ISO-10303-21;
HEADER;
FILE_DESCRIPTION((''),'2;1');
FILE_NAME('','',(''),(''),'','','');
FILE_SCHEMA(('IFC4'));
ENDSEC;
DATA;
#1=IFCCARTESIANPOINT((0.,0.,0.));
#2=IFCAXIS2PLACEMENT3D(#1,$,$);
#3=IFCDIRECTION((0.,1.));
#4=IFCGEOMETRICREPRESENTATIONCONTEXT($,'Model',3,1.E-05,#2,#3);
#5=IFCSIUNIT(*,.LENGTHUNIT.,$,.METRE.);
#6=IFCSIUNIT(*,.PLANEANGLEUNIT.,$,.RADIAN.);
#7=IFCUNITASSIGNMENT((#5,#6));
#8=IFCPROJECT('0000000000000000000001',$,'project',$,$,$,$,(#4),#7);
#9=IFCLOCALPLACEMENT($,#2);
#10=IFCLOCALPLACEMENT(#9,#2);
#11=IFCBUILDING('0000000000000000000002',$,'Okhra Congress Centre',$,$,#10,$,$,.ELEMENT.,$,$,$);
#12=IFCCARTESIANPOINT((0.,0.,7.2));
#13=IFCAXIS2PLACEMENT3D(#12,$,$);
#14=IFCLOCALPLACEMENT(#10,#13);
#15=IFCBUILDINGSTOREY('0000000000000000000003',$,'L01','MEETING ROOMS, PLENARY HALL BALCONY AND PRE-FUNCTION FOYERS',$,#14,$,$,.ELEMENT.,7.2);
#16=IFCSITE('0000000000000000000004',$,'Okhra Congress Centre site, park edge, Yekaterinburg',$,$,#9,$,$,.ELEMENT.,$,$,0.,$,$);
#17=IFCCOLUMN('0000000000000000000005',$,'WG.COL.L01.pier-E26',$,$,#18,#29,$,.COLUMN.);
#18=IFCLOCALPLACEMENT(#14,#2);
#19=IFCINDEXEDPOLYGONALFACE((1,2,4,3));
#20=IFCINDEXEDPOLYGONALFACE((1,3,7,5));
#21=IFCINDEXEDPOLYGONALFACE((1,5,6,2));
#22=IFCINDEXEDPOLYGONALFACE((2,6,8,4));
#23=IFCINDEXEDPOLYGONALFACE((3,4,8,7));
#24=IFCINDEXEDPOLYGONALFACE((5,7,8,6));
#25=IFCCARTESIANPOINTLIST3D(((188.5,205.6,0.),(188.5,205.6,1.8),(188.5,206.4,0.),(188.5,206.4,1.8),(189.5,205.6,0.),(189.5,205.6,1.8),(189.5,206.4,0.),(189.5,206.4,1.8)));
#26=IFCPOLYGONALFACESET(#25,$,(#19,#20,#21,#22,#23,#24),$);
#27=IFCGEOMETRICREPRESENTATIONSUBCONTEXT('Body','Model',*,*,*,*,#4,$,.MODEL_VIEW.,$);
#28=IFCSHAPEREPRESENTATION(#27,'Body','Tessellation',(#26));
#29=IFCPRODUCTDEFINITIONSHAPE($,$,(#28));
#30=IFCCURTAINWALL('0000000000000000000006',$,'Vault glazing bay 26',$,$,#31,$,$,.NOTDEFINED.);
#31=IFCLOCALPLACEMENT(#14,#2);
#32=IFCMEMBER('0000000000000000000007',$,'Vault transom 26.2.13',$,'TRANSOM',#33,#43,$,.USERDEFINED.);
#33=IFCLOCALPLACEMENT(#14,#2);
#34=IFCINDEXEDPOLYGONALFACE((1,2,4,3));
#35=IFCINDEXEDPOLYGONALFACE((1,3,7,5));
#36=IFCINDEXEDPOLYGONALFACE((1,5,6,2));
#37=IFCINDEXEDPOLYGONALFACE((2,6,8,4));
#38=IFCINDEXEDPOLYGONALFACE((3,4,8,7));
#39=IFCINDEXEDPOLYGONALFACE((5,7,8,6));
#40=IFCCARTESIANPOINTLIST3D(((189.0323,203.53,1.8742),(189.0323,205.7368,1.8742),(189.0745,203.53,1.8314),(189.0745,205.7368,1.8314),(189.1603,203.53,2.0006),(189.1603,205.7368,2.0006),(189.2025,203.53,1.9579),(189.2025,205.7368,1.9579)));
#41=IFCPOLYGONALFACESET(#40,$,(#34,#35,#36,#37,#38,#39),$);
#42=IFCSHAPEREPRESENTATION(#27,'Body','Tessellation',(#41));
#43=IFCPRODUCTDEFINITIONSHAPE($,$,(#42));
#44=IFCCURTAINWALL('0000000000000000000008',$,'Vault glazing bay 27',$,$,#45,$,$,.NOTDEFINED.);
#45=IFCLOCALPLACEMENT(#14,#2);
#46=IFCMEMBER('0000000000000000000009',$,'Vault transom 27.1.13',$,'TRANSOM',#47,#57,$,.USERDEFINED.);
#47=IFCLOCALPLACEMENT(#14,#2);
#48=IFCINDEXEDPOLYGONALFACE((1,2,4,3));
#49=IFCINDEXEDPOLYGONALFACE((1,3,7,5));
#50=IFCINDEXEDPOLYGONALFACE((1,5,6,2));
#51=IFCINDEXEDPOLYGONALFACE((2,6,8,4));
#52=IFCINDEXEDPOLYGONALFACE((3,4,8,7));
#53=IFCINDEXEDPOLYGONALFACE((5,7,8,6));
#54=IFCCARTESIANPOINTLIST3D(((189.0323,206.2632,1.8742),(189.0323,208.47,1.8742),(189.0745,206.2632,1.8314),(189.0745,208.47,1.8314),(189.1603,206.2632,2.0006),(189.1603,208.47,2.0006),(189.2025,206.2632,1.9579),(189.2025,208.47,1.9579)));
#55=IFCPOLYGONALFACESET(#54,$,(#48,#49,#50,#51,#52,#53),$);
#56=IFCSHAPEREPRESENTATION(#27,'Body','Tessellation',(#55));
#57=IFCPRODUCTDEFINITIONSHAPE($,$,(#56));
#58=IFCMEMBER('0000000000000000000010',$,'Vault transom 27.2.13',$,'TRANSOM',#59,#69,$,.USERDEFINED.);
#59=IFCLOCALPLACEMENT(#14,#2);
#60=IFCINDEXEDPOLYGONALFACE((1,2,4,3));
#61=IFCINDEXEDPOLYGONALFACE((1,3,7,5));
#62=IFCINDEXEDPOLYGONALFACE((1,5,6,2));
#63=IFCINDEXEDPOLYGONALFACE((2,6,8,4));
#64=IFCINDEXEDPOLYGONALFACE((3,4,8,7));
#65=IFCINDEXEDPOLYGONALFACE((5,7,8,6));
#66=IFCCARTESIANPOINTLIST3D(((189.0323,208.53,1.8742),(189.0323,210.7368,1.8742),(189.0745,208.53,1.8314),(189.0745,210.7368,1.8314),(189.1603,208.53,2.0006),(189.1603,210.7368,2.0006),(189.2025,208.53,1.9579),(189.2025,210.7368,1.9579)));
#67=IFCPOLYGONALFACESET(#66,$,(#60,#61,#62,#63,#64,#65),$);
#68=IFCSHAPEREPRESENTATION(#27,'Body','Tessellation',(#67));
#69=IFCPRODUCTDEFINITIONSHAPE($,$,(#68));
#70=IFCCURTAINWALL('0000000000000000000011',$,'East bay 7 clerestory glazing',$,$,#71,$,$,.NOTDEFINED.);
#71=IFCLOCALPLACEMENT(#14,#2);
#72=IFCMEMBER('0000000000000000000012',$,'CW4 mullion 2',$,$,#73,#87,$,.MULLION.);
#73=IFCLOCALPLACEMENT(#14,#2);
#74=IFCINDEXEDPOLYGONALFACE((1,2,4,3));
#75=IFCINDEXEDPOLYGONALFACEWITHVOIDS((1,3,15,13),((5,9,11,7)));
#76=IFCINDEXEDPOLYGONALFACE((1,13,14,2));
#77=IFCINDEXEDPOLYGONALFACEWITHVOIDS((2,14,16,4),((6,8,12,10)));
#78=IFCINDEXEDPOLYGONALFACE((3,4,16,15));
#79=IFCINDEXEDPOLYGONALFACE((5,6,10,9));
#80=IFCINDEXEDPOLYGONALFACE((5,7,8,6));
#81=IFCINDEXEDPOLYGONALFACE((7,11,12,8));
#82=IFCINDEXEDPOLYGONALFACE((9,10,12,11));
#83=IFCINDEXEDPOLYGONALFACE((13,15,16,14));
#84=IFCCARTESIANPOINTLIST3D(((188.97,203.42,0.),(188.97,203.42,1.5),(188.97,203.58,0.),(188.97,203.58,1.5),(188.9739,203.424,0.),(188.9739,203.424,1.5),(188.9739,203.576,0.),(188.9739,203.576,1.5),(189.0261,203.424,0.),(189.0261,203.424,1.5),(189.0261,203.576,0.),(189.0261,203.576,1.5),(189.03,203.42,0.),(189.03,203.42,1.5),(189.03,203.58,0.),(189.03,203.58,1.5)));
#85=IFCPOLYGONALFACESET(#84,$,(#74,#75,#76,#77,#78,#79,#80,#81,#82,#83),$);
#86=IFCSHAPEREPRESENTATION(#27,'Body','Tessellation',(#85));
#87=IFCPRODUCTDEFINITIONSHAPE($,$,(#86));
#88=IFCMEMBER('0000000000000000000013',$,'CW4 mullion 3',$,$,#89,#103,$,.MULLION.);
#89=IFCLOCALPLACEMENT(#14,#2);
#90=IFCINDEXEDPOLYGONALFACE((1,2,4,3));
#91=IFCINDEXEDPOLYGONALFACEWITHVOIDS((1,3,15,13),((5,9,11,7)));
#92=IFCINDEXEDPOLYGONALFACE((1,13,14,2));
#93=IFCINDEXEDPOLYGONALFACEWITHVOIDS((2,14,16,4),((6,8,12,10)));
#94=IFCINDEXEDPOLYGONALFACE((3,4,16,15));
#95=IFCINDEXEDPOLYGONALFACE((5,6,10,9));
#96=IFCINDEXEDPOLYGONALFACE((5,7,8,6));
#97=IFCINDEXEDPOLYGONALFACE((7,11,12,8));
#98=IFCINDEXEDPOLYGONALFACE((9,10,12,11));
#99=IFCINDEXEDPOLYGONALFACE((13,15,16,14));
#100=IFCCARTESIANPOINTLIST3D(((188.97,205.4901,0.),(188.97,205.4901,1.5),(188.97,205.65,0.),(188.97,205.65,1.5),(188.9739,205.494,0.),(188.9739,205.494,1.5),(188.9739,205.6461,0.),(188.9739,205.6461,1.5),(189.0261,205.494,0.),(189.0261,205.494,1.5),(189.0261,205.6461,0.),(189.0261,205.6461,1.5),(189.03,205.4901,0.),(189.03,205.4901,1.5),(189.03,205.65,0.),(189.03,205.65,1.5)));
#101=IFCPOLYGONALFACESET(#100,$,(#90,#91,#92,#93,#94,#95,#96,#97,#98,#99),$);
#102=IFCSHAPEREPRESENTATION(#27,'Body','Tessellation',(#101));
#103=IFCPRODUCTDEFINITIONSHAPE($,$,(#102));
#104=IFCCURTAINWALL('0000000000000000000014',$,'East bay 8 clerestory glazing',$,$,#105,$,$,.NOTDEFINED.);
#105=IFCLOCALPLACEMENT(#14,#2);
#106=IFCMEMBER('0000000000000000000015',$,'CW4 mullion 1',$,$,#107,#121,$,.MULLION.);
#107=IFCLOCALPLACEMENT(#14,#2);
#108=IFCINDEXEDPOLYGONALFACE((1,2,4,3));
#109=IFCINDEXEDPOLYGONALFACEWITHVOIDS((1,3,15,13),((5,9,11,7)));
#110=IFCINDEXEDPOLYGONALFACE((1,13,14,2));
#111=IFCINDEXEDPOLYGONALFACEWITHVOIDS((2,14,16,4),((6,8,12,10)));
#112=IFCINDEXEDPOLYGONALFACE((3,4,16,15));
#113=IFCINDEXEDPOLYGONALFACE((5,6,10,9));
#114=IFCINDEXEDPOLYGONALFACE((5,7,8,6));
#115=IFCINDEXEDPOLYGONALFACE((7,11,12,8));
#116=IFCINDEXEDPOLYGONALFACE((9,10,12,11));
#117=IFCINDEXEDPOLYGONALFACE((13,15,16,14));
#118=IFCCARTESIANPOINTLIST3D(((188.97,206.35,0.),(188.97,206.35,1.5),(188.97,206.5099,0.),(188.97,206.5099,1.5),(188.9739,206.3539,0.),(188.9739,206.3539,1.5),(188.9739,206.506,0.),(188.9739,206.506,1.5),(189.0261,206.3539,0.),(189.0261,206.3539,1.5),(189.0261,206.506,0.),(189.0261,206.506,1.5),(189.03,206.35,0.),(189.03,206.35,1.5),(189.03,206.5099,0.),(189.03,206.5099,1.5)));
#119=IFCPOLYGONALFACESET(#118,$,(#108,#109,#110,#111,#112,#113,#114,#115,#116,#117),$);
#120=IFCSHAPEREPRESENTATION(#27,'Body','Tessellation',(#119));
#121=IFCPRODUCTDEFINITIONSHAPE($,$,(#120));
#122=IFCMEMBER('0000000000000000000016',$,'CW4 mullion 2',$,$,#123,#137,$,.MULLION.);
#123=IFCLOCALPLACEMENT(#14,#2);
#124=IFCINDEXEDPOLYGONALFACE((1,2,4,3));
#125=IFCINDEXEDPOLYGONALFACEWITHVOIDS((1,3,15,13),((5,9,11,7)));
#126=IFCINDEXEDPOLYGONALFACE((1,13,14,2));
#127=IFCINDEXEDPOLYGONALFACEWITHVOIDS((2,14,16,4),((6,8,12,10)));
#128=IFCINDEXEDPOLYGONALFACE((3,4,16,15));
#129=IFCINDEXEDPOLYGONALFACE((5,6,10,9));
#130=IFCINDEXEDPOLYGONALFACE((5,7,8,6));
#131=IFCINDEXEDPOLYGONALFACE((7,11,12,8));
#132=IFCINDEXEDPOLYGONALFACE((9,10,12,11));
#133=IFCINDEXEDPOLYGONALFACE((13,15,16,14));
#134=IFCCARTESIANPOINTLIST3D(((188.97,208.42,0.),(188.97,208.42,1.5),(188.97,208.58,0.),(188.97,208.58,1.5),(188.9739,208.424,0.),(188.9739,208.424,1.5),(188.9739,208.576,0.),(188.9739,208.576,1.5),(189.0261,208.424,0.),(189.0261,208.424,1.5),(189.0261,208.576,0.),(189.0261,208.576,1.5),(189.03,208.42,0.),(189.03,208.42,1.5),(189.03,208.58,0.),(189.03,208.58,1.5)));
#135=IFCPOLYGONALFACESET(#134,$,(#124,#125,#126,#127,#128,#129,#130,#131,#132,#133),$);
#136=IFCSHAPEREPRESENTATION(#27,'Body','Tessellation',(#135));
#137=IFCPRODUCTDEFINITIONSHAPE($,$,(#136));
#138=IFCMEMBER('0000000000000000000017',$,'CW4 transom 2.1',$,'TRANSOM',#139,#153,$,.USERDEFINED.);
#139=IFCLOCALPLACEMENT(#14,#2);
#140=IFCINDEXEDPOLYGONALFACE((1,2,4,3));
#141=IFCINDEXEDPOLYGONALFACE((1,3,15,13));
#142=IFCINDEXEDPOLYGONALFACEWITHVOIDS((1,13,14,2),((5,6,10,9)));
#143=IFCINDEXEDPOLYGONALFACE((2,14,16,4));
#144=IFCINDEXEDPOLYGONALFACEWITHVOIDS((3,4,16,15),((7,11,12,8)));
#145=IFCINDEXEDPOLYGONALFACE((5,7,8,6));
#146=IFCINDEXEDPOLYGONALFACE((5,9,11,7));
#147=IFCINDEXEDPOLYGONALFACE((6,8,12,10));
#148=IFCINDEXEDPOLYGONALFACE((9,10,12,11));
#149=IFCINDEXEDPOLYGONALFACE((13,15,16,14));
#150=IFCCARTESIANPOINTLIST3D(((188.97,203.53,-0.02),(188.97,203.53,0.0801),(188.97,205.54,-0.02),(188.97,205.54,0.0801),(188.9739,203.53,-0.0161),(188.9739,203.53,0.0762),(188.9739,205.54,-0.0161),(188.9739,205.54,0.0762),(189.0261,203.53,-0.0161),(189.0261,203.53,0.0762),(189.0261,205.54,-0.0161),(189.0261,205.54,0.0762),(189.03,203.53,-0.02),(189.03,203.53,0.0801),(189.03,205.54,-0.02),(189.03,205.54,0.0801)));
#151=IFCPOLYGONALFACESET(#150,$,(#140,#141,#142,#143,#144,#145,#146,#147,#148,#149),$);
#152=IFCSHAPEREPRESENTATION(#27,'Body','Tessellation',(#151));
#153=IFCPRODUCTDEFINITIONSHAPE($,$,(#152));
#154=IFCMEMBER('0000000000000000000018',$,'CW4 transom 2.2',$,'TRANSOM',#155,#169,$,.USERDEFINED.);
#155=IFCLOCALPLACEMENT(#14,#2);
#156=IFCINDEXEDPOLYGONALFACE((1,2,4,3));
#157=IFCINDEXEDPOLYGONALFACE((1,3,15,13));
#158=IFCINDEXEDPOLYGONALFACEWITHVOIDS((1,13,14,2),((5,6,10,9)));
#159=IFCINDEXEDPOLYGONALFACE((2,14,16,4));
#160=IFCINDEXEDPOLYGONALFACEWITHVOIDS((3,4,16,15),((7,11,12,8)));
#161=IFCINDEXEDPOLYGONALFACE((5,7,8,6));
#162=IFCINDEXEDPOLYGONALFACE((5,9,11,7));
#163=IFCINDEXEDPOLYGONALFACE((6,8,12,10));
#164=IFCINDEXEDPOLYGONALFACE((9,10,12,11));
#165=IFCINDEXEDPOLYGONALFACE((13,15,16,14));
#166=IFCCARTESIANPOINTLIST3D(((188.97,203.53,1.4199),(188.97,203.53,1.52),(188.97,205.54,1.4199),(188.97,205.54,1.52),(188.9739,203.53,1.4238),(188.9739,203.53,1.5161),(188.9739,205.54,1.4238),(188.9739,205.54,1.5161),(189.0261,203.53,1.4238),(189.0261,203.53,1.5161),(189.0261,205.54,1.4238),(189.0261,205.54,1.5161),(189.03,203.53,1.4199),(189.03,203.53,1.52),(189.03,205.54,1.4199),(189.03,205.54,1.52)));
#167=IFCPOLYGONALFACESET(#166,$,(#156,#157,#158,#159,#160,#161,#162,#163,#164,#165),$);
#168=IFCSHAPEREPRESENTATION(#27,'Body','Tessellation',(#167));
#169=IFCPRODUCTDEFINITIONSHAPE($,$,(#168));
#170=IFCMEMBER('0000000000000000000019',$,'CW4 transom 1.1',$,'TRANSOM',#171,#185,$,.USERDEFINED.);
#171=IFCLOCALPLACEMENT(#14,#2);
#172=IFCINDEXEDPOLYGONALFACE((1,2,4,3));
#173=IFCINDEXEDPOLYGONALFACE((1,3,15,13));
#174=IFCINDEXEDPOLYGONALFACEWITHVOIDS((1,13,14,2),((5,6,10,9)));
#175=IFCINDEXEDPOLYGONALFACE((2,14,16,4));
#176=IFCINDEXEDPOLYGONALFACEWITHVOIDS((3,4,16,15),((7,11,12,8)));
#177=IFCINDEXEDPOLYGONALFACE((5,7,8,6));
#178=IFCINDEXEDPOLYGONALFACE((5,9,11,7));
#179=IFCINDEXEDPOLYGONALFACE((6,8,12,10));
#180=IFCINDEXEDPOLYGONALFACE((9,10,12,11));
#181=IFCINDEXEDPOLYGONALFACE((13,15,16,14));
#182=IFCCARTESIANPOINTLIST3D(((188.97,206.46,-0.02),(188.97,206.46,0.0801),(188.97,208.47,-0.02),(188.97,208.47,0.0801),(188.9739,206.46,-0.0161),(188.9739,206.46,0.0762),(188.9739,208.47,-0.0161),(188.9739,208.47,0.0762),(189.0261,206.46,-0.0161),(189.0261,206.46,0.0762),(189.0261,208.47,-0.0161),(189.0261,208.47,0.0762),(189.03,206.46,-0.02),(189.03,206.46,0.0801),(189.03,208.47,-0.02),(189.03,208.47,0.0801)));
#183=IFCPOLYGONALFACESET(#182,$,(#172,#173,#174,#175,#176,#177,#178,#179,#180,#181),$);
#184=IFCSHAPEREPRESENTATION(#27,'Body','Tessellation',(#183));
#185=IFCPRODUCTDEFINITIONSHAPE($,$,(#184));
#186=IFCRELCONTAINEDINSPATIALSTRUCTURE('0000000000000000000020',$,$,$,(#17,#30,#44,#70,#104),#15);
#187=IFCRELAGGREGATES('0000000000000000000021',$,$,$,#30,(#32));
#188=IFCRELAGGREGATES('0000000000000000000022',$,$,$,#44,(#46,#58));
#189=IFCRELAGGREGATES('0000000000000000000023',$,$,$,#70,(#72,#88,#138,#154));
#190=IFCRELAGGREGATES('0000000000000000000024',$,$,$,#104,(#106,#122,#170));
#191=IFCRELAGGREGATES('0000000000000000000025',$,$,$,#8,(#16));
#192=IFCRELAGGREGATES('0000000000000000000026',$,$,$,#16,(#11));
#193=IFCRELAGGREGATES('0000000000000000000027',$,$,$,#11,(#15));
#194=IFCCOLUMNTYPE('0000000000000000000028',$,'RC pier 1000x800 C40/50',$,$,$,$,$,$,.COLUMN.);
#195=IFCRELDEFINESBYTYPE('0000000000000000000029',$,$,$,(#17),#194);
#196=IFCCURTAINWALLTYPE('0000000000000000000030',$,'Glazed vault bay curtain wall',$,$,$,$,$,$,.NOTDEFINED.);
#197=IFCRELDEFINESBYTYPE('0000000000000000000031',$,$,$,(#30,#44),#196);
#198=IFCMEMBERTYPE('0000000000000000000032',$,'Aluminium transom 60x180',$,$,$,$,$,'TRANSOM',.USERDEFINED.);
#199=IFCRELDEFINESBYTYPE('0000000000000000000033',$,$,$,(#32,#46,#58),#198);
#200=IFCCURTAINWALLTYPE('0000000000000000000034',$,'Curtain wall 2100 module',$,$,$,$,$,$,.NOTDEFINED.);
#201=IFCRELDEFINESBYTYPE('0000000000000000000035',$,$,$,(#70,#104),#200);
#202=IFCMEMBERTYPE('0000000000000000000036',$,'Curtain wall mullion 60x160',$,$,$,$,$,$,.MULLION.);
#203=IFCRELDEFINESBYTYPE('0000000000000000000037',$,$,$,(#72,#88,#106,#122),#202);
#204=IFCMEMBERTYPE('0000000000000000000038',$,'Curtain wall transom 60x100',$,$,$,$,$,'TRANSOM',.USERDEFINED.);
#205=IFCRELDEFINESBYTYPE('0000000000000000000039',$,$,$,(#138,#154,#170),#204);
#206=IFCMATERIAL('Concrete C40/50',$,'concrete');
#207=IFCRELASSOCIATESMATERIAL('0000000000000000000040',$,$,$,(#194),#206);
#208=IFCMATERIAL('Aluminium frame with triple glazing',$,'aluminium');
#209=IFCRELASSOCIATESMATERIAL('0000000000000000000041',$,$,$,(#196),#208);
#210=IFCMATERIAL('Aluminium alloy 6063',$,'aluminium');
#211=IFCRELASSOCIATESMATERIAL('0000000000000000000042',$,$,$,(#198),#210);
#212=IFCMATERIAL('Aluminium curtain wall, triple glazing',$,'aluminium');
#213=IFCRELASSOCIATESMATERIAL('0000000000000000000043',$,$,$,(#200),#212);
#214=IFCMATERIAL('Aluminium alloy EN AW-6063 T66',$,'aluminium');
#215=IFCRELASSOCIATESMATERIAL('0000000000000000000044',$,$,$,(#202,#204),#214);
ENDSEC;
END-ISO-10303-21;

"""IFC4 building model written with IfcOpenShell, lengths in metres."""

from ifc_helpers import new_model, si_unit, direction, frame, origin, origin_2d, place, context, subcontext, project, spatial, rectangle, hollow_rectangle, extrude, material, material_profile, profile_set, type_object, element, aggregate, save


model = new_model("IFC4")

# Units and contexts
model_context = context("Model", 3, precision=1e-05, world=origin(), true_north=direction((0.0, 1.0)))
body_context = subcontext(model_context, "Body", "Model", "MODEL_VIEW")
ifc_project = project(units=[si_unit("LENGTHUNIT", "METRE"), si_unit("PLANEANGLEUNIT", "RADIAN")], contexts=[model_context])

# Site, building, storey
site_placement = place(None, origin())
site = spatial("IfcSite", under=ifc_project, at=site_placement, Name="Okhra Congress Centre site, park edge, Yekaterinburg", CompositionType="ELEMENT", RefElevation=0.0)
building_placement = place(site_placement, origin())
building = spatial("IfcBuilding", under=site, at=building_placement, Name="Okhra Congress Centre", CompositionType="ELEMENT")
storey_placement = place(building_placement, frame((0.0, 0.0, 7.2)))
storey = spatial("IfcBuildingStorey", under=building, at=storey_placement, Name="L01", Description="MEETING ROOMS, PLENARY HALL BALCONY AND PRE-FUNCTION FOYERS", CompositionType="ELEMENT", Elevation=7.2)

# Column
ifc_material_1 = material(Name="Concrete C40/50", Category="concrete")
ifc_material_profile_1 = material_profile(ifc_material_1, rectangle(XDim=1.0, YDim=0.8, at=origin_2d()), Name="RC 1000x800")
ifc_profile_set_1 = profile_set([ifc_material_profile_1], Name="Concrete C40/50")
column_type = type_object("IfcColumnType", Name="RC pier 1000x800 C40/50", PredefinedType="COLUMN", material=ifc_profile_set_1)
column_placement = place(storey_placement, frame((189.0, 206.0, 0.0), z_axis=(0.0, 0.0, 1.0), x_axis=(1.0, 0.0, 0.0)))
element("IfcColumn", 1, at=column_placement, inside=storey, type_object=column_type, Name="WG.COL.L01.pier-E26", PredefinedType="COLUMN", context=body_context, shape_type="SweptSolid", body=[
    extrude(rectangle(XDim=1.0, YDim=0.8, at=origin_2d()), origin(), (0.0, 0.0, 1.0), 1.8),
])

# Curtain wall, member
ifc_material_2 = material(Name="Aluminium frame with triple glazing", Category="aluminium")
curtain_wall_type_1 = type_object("IfcCurtainWallType", Name="Glazed vault bay curtain wall", PredefinedType="NOTDEFINED", material=ifc_material_2)
curtain_wall_1_placement = place(storey_placement, origin())
curtain_wall_1 = element("IfcCurtainWall", 2, at=curtain_wall_1_placement, inside=storey, type_object=curtain_wall_type_1, Name="Vault glazing bay 26", PredefinedType="NOTDEFINED")
ifc_material_3 = material(Name="Aluminium alloy 6063", Category="aluminium")
ifc_material_profile_2 = material_profile(ifc_material_3, rectangle(XDim=0.0601, YDim=0.1799, at=origin_2d()), Name="AL 60x180 transom")
ifc_profile_set_2 = profile_set([ifc_material_profile_2], Name="Aluminium alloy 6063")
member_type_1 = type_object("IfcMemberType", Name="Aluminium transom 60x180", ElementType="TRANSOM", PredefinedType="USERDEFINED", material=ifc_profile_set_2)
member_1_placement = place(storey_placement, frame((189.1174, 203.53, 1.916), z_axis=(0.0, 1.0, 0.0), x_axis=(-0.702636, 0.0, 0.711549)))
member_1 = element("IfcMember", 3, at=member_1_placement, type_object=member_type_1, Name="Vault transom 26.2.13", ObjectType="TRANSOM", PredefinedType="USERDEFINED", context=body_context, shape_type="SweptSolid", body=[
    extrude(rectangle(XDim=0.0601, YDim=0.1799, at=origin_2d()), origin(), (0.0, 0.0, 1.0), 2.2068),
])
aggregate(curtain_wall_1, [member_1])

# Curtain walls, members
curtain_wall_2_placement = place(storey_placement, origin())
curtain_wall_2 = element("IfcCurtainWall", 4, at=curtain_wall_2_placement, inside=storey, type_object=curtain_wall_type_1, Name="Vault glazing bay 27", PredefinedType="NOTDEFINED")
member_2_placement = place(storey_placement, frame((189.1174, 206.2632, 1.916), z_axis=(0.0, 1.0, 0.0), x_axis=(-0.702636, 0.0, 0.711549)))
member_2 = element("IfcMember", 5, at=member_2_placement, type_object=member_type_1, Name="Vault transom 27.1.13", ObjectType="TRANSOM", PredefinedType="USERDEFINED", context=body_context, shape_type="SweptSolid", body=[
    extrude(rectangle(XDim=0.0601, YDim=0.1799, at=origin_2d()), origin(), (0.0, 0.0, 1.0), 2.2068),
])
member_3_placement = place(storey_placement, frame((189.1174, 208.53, 1.916), z_axis=(0.0, 1.0, 0.0), x_axis=(-0.702636, 0.0, 0.711549)))
member_3 = element("IfcMember", 6, at=member_3_placement, type_object=member_type_1, Name="Vault transom 27.2.13", ObjectType="TRANSOM", PredefinedType="USERDEFINED", context=body_context, shape_type="SweptSolid", body=[
    extrude(rectangle(XDim=0.0601, YDim=0.1799, at=origin_2d()), origin(), (0.0, 0.0, 1.0), 2.2068),
])
aggregate(curtain_wall_2, [member_2, member_3])
ifc_material_4 = material(Name="Aluminium curtain wall, triple glazing", Category="aluminium")
curtain_wall_type_2 = type_object("IfcCurtainWallType", Name="Curtain wall 2100 module", PredefinedType="NOTDEFINED", material=ifc_material_4)
curtain_wall_3_placement = place(storey_placement, origin())
curtain_wall_3 = element("IfcCurtainWall", 7, at=curtain_wall_3_placement, inside=storey, type_object=curtain_wall_type_2, Name="East bay 7 clerestory glazing", PredefinedType="NOTDEFINED")
ifc_material_5 = material(Name="Aluminium alloy EN AW-6063 T66", Category="aluminium")
ifc_material_profile_3 = material_profile(ifc_material_5, hollow_rectangle(XDim=0.0601, YDim=0.1599, WallThickness=0.0039, at=origin_2d()), Name="RHS 60x160x4")
ifc_profile_set_3 = profile_set([ifc_material_profile_3], Name="Aluminium alloy EN AW-6063 T66")
member_type_2 = type_object("IfcMemberType", Name="Curtain wall mullion 60x160", PredefinedType="MULLION", material=ifc_profile_set_3)
member_4_placement = place(storey_placement, frame((189.0, 203.5, 0.0), z_axis=(0.0, 0.0, 1.0), x_axis=(-1.0, 0.0, 0.0)))
member_4 = element("IfcMember", 8, at=member_4_placement, type_object=member_type_2, Name="CW4 mullion 2", PredefinedType="MULLION", context=body_context, shape_type="SweptSolid", body=[
    extrude(hollow_rectangle(XDim=0.0601, YDim=0.1599, WallThickness=0.0039, at=origin_2d()), origin(), (0.0, 0.0, 1.0), 1.5),
])
member_5_placement = place(storey_placement, frame((189.0, 205.5701, 0.0), z_axis=(0.0, 0.0, 1.0), x_axis=(-1.0, 0.0, 0.0)))
member_5 = element("IfcMember", 9, at=member_5_placement, type_object=member_type_2, Name="CW4 mullion 3", PredefinedType="MULLION", context=body_context, shape_type="SweptSolid", body=[
    extrude(hollow_rectangle(XDim=0.0601, YDim=0.1599, WallThickness=0.0039, at=origin_2d()), origin(), (0.0, 0.0, 1.0), 1.5),
])
curtain_wall_4_placement = place(storey_placement, origin())
curtain_wall_4 = element("IfcCurtainWall", 10, at=curtain_wall_4_placement, inside=storey, type_object=curtain_wall_type_2, Name="East bay 8 clerestory glazing", PredefinedType="NOTDEFINED")
member_6_placement = place(storey_placement, frame((189.0, 206.4299, 0.0), z_axis=(0.0, 0.0, 1.0), x_axis=(-1.0, 0.0, 0.0)))
member_6 = element("IfcMember", 11, at=member_6_placement, type_object=member_type_2, Name="CW4 mullion 1", PredefinedType="MULLION", context=body_context, shape_type="SweptSolid", body=[
    extrude(hollow_rectangle(XDim=0.0601, YDim=0.1599, WallThickness=0.0039, at=origin_2d()), origin(), (0.0, 0.0, 1.0), 1.5),
])
member_7_placement = place(storey_placement, frame((189.0, 208.5, 0.0), z_axis=(0.0, 0.0, 1.0), x_axis=(-1.0, 0.0, 0.0)))
member_7 = element("IfcMember", 12, at=member_7_placement, type_object=member_type_2, Name="CW4 mullion 2", PredefinedType="MULLION", context=body_context, shape_type="SweptSolid", body=[
    extrude(hollow_rectangle(XDim=0.0601, YDim=0.1599, WallThickness=0.0039, at=origin_2d()), origin(), (0.0, 0.0, 1.0), 1.5),
])

# Members
ifc_material_profile_4 = material_profile(ifc_material_5, hollow_rectangle(XDim=0.0601, YDim=0.1001, WallThickness=0.0039, at=origin_2d()), Name="RHS 60x100x4")
ifc_profile_set_4 = profile_set([ifc_material_profile_4], Name="Aluminium alloy EN AW-6063 T66")
member_type_3 = type_object("IfcMemberType", Name="Curtain wall transom 60x100", ElementType="TRANSOM", PredefinedType="USERDEFINED", material=ifc_profile_set_4)
member_8_placement = place(storey_placement, frame((189.0, 203.53, 0.03), z_axis=(0.0, 1.0, 0.0), x_axis=(-1.0, 0.0, 0.0)))
member_8 = element("IfcMember", 13, at=member_8_placement, type_object=member_type_3, Name="CW4 transom 2.1", ObjectType="TRANSOM", PredefinedType="USERDEFINED", context=body_context, shape_type="SweptSolid", body=[
    extrude(hollow_rectangle(XDim=0.0601, YDim=0.1001, WallThickness=0.0039, at=origin_2d()), origin(), (0.0, 0.0, 1.0), 2.01),
])
member_9_placement = place(storey_placement, frame((189.0, 203.53, 1.47), z_axis=(0.0, 1.0, 0.0), x_axis=(-1.0, 0.0, 0.0)))
member_9 = element("IfcMember", 14, at=member_9_placement, type_object=member_type_3, Name="CW4 transom 2.2", ObjectType="TRANSOM", PredefinedType="USERDEFINED", context=body_context, shape_type="SweptSolid", body=[
    extrude(hollow_rectangle(XDim=0.0601, YDim=0.1001, WallThickness=0.0039, at=origin_2d()), origin(), (0.0, 0.0, 1.0), 2.01),
])
member_10_placement = place(storey_placement, frame((189.0, 206.46, 0.03), z_axis=(0.0, 1.0, 0.0), x_axis=(-1.0, 0.0, 0.0)))
member_10 = element("IfcMember", 15, at=member_10_placement, type_object=member_type_3, Name="CW4 transom 1.1", ObjectType="TRANSOM", PredefinedType="USERDEFINED", context=body_context, shape_type="SweptSolid", body=[
    extrude(hollow_rectangle(XDim=0.0601, YDim=0.1001, WallThickness=0.0039, at=origin_2d()), origin(), (0.0, 0.0, 1.0), 2.01),
])

aggregate(curtain_wall_3, [member_4, member_5, member_8, member_9])
aggregate(curtain_wall_4, [member_6, member_7, member_10])

save(model, "model.ifc")
